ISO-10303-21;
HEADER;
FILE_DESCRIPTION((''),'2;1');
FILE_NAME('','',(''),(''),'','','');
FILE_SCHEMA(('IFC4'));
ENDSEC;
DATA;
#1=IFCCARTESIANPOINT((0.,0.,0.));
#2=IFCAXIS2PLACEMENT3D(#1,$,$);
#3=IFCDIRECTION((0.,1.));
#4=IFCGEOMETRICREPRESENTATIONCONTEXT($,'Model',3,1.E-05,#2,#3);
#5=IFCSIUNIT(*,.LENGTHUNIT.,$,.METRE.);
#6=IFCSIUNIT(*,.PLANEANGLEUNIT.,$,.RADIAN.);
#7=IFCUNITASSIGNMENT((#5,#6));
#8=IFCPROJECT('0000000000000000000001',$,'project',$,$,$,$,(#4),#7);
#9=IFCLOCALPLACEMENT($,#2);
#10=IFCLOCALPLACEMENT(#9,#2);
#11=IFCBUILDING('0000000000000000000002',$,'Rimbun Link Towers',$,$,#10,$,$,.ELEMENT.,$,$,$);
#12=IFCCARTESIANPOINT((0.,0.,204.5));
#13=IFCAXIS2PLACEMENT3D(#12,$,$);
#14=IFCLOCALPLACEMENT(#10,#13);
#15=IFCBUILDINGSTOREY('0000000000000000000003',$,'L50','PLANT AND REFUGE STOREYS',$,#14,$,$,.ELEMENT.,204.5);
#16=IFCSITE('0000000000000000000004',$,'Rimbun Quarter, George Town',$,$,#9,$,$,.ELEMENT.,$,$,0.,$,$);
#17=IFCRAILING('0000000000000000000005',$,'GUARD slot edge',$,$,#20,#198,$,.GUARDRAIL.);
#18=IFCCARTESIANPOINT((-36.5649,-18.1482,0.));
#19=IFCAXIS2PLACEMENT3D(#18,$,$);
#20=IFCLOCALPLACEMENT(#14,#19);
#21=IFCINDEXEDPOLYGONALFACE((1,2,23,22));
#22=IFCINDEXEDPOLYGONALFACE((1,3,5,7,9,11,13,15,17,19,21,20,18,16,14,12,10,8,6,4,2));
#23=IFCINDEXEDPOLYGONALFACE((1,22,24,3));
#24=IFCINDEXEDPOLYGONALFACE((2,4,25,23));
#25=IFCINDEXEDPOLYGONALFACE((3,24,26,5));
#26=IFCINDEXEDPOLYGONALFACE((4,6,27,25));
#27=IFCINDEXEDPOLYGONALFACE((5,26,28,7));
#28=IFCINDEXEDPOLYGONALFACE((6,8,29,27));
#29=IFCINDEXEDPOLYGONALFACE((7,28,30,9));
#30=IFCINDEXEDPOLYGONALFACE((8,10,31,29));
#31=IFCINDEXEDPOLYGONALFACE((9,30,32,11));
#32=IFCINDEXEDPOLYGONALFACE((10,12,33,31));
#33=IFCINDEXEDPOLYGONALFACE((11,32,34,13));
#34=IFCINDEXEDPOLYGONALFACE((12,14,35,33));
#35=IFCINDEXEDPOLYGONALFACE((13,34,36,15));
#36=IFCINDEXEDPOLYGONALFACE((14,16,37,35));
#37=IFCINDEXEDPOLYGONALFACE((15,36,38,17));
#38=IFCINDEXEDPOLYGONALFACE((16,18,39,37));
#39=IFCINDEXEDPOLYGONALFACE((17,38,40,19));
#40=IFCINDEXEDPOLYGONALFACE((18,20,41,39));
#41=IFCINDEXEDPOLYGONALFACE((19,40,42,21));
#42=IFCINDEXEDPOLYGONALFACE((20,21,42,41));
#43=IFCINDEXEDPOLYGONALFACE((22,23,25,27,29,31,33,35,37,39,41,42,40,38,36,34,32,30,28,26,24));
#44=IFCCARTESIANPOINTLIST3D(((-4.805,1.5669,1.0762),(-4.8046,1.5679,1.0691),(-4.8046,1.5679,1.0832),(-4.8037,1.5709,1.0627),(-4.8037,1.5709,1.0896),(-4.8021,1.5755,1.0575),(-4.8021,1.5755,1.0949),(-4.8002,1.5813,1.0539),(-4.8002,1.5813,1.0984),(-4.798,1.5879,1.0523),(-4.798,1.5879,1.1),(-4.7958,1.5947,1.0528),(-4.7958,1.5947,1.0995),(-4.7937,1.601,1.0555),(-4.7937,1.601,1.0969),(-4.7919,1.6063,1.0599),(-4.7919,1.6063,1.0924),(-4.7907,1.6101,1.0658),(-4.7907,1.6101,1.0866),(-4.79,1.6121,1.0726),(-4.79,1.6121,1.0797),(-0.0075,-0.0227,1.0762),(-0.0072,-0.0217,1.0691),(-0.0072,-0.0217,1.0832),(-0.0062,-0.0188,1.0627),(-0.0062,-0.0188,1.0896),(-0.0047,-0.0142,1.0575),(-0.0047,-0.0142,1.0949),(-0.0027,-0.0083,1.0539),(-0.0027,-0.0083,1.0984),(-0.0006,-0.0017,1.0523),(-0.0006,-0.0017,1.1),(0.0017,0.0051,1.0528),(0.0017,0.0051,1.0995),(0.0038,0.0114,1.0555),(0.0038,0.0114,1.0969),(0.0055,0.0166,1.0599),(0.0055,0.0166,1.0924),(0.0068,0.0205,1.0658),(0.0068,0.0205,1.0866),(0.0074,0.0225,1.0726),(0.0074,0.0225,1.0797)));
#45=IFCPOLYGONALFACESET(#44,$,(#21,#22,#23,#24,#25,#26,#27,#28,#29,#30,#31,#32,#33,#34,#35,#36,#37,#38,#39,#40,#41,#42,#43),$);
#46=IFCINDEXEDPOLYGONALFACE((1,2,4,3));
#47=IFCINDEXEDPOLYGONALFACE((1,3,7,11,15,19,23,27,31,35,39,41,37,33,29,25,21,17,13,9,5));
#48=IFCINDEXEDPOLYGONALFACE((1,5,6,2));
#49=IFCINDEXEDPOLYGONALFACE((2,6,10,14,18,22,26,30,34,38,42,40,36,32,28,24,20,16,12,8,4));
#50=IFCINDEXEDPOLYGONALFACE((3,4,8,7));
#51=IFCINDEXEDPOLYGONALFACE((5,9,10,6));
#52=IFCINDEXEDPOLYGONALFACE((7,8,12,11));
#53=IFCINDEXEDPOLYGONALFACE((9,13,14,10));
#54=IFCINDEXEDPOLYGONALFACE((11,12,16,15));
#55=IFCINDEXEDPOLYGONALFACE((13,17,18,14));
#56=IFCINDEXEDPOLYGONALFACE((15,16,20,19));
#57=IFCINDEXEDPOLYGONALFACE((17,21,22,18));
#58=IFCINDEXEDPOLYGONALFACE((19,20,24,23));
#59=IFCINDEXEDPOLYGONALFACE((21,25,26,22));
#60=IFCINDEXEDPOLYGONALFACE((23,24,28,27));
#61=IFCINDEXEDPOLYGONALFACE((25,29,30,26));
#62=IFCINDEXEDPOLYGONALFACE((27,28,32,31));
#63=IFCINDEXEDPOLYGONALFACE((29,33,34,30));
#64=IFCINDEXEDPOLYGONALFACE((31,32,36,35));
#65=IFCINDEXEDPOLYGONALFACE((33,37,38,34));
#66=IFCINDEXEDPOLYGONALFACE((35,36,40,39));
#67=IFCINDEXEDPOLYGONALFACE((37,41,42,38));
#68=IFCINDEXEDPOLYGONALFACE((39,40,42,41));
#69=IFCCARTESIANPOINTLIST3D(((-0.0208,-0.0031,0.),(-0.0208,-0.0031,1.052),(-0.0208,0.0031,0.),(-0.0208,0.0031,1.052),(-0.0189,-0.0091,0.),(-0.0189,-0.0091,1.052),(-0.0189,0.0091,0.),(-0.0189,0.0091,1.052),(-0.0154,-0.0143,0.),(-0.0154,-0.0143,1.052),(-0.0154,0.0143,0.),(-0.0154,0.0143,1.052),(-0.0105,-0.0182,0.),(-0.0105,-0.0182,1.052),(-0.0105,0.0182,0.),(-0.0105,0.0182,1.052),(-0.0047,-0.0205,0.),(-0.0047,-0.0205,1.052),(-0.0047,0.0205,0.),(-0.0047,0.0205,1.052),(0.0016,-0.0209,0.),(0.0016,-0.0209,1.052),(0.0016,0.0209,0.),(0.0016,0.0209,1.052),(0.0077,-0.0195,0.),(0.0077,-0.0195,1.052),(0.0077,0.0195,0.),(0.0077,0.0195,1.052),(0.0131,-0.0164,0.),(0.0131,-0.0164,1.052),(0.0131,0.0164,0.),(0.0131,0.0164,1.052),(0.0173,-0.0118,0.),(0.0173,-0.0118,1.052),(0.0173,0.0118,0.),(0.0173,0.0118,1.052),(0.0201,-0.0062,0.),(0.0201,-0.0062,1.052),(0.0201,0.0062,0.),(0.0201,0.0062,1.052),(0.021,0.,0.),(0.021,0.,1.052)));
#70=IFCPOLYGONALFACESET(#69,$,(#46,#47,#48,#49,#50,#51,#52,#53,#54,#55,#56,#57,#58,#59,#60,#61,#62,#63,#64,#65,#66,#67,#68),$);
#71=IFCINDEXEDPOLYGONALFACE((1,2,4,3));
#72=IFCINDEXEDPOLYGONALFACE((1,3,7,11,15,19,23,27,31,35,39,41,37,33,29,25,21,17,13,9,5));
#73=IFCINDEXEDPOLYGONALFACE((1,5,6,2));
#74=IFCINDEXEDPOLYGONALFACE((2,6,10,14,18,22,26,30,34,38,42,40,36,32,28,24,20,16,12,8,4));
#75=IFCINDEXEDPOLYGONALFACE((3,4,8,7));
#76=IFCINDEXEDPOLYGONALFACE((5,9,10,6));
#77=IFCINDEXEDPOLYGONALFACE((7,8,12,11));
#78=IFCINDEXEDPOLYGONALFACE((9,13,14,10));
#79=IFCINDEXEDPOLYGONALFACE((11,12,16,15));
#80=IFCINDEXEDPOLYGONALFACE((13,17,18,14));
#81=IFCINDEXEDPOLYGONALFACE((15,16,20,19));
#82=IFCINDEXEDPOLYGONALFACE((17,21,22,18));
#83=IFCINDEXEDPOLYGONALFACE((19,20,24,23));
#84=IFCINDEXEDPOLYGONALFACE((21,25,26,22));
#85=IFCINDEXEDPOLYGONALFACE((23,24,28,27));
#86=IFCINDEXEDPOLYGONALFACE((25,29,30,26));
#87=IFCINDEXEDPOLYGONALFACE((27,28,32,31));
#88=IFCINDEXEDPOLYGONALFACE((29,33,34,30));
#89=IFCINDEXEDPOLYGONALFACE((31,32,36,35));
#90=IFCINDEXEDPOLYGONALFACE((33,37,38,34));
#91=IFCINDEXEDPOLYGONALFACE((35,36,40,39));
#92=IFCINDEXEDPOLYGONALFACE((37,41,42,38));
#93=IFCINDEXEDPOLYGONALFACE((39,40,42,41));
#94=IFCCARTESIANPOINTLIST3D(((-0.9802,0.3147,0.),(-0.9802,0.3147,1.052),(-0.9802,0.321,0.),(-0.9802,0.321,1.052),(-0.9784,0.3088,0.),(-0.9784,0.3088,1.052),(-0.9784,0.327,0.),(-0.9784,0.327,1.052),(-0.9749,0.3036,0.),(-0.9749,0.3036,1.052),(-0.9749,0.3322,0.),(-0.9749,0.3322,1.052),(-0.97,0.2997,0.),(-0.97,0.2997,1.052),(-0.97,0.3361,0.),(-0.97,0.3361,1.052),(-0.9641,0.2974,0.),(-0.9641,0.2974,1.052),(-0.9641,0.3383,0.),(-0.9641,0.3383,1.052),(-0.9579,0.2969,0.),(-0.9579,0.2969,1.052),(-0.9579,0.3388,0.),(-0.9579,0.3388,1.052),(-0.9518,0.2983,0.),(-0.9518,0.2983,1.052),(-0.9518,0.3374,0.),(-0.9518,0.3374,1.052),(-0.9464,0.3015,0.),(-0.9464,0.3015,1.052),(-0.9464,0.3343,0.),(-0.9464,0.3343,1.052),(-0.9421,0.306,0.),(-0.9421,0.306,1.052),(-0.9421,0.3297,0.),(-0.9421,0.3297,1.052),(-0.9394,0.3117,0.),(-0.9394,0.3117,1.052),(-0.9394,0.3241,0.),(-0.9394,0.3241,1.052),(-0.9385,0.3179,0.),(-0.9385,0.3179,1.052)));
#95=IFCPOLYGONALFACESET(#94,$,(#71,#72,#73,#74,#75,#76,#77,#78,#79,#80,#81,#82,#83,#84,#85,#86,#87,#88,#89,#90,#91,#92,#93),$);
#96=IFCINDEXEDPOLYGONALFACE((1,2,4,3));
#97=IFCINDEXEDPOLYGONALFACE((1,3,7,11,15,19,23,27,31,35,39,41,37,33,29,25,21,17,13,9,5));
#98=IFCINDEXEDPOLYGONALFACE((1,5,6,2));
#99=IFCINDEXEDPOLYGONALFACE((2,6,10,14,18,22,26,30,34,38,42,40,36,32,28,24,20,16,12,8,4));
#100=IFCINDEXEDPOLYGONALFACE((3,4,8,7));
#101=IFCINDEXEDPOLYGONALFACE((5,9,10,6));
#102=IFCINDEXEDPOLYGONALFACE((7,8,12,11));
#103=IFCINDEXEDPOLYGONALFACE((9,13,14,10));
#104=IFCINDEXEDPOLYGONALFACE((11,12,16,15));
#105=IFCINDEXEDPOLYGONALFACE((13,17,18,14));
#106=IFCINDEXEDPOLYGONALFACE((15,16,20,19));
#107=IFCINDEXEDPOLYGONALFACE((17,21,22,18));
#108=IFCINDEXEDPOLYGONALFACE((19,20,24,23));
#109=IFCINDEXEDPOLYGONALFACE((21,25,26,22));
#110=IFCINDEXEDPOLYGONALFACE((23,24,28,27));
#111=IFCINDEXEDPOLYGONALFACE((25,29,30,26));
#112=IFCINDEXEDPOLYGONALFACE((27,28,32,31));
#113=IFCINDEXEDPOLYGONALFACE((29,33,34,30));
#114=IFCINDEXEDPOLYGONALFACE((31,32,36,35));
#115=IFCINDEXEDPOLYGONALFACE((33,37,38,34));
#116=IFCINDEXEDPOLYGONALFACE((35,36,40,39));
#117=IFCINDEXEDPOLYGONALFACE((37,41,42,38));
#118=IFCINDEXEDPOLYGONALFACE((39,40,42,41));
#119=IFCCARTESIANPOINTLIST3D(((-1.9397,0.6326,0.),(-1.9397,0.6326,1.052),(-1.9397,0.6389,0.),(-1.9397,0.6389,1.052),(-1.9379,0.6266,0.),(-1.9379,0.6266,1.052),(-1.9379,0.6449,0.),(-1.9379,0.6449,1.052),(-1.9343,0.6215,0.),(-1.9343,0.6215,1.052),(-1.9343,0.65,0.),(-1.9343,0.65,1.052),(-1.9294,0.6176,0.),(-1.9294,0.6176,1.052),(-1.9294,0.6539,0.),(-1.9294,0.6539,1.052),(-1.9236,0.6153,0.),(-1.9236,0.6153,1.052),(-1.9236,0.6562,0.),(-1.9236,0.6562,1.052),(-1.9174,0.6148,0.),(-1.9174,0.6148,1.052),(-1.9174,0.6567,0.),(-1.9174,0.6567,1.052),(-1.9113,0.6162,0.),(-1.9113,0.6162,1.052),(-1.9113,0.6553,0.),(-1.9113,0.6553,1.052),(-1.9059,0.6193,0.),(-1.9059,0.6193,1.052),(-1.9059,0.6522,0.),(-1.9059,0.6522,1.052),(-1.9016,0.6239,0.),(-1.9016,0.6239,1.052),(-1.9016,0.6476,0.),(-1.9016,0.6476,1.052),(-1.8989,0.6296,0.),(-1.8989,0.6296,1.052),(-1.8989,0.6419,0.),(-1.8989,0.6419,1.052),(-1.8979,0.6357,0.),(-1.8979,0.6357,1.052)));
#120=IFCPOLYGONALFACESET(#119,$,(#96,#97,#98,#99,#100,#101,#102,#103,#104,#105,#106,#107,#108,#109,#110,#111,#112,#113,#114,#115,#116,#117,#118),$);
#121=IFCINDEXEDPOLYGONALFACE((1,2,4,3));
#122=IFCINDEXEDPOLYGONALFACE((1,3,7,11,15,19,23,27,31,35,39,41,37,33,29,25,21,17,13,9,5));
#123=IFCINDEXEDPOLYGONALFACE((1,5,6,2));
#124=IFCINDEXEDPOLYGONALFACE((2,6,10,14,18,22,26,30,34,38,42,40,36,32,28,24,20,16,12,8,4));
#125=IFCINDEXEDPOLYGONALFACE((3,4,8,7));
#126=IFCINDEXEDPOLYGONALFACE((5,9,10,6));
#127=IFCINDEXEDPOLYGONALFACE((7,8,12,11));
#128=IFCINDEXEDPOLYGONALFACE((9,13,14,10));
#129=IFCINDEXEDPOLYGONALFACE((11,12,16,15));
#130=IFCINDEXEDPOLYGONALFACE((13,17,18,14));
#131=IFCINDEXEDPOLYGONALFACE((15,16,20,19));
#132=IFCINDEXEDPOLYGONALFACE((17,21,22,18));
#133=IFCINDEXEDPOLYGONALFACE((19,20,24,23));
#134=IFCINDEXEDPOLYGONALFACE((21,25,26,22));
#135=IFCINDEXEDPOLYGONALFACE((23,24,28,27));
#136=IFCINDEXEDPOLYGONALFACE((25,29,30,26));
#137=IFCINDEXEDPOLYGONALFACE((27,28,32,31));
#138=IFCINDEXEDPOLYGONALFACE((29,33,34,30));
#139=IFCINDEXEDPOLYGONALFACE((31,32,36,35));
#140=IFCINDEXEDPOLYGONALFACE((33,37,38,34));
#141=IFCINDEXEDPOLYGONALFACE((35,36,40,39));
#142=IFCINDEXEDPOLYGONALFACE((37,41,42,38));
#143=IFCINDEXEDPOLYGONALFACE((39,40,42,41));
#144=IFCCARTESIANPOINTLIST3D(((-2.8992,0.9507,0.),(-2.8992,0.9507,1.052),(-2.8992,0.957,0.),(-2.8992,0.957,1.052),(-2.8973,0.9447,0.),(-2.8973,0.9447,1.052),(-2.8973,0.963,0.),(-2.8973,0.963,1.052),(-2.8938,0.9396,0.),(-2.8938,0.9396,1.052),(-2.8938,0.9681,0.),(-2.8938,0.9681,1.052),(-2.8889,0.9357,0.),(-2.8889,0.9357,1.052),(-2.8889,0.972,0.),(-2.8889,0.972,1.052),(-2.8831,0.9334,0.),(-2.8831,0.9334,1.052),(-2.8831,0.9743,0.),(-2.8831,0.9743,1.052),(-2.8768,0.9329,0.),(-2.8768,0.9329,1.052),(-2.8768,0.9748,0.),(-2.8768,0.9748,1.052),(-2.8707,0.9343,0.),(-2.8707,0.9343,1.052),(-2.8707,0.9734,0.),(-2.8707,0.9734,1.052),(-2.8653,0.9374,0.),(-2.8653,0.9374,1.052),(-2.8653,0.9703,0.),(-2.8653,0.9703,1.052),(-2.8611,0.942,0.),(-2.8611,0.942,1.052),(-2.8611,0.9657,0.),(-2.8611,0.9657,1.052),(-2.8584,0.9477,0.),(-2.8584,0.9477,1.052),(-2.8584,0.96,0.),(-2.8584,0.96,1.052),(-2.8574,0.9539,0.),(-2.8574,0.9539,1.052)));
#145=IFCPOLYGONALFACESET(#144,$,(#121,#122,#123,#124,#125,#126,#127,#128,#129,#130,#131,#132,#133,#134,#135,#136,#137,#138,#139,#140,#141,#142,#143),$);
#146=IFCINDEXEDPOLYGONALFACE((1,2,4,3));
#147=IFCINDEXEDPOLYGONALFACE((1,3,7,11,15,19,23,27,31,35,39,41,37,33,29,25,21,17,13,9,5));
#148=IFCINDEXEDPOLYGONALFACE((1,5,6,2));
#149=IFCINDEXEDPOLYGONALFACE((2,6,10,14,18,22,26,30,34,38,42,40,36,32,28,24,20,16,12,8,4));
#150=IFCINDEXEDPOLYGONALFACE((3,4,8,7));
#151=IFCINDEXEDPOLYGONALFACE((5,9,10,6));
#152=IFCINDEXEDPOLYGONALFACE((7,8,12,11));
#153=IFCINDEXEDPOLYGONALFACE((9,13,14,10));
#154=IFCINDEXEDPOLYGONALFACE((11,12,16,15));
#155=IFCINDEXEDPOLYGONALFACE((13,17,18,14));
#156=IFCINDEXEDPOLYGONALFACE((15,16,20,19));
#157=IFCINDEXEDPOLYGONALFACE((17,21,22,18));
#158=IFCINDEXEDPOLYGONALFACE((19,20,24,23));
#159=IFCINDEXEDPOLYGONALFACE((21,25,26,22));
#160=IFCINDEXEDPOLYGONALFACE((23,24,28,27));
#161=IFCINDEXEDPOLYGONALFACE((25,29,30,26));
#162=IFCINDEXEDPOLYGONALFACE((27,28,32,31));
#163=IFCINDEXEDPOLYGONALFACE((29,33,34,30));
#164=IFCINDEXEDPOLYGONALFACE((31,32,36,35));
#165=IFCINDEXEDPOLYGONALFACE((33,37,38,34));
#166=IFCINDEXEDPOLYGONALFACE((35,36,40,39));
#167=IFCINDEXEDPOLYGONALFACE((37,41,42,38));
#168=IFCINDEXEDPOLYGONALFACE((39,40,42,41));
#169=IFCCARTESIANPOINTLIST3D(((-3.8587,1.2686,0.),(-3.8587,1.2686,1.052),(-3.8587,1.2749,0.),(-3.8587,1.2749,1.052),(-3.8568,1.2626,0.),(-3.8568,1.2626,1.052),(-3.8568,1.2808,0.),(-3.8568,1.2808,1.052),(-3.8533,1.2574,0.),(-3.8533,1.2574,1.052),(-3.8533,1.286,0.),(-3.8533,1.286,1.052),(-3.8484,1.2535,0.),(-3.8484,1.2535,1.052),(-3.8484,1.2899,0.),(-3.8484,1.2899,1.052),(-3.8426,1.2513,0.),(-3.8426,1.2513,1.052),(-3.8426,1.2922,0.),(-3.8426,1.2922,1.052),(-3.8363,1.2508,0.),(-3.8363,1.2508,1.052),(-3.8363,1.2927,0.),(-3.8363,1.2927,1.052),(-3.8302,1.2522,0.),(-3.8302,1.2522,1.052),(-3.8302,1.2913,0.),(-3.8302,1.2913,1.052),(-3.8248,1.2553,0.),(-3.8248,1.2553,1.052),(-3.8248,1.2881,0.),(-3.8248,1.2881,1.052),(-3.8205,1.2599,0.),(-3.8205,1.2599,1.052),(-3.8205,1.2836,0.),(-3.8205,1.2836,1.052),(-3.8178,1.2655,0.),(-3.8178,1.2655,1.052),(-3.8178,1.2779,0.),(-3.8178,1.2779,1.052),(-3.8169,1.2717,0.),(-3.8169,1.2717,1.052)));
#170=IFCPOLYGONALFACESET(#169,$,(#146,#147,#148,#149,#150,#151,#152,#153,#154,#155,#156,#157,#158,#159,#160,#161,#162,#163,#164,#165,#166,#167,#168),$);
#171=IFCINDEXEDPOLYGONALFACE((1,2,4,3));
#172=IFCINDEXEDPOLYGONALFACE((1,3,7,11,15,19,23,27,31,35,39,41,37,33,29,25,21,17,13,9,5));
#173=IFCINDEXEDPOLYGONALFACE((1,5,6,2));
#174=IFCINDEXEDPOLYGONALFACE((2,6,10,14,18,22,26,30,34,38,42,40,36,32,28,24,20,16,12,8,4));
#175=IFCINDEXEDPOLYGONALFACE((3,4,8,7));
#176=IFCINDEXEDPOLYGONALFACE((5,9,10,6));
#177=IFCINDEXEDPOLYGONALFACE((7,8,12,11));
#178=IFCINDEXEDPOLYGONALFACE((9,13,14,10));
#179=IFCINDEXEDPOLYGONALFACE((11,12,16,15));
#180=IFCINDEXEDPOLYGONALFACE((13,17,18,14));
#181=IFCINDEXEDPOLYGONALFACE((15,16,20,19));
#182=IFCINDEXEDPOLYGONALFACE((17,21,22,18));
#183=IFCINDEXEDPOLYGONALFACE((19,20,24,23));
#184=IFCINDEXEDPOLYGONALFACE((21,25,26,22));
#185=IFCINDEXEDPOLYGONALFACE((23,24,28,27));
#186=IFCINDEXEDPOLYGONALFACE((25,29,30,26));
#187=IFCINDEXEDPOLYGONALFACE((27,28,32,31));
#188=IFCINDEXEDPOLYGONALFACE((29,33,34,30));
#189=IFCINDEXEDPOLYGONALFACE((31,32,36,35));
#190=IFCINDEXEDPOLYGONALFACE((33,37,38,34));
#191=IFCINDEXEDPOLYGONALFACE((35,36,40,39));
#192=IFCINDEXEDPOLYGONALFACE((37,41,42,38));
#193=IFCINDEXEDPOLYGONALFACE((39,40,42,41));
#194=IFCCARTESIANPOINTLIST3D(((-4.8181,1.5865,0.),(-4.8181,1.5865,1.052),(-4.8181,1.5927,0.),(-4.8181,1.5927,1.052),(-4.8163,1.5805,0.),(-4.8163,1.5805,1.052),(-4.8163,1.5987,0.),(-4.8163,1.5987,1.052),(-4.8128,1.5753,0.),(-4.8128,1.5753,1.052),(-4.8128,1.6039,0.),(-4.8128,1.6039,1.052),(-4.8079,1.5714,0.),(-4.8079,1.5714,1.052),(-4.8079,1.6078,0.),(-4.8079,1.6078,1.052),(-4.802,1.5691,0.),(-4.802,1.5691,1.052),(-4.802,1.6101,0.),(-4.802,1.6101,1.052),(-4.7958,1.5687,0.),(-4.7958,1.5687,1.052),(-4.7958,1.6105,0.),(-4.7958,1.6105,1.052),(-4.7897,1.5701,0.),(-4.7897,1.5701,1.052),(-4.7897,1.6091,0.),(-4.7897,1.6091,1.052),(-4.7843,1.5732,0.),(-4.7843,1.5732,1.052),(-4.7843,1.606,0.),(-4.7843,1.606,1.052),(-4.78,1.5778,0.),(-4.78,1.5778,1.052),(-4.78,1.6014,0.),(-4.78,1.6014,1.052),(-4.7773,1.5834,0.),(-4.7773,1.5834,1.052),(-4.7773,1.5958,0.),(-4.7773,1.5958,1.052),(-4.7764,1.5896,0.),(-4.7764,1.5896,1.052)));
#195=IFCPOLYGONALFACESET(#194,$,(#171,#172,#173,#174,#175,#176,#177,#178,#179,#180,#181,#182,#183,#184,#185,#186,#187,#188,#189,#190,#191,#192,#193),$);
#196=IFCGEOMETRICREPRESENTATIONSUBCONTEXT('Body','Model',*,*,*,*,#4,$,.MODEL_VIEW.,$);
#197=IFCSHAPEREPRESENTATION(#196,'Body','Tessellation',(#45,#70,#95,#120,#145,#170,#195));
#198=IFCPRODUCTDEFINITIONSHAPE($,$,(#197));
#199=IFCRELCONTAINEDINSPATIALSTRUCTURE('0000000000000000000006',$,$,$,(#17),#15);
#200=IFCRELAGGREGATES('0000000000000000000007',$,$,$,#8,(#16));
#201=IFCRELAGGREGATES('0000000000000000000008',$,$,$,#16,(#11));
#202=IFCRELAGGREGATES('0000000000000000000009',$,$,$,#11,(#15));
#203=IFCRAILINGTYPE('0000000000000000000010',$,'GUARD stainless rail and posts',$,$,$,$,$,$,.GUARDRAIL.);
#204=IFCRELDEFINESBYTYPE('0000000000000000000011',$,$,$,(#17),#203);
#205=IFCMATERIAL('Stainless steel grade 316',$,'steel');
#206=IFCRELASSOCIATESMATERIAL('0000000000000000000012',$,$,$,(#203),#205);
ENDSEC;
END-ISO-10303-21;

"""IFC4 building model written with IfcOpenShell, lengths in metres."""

from ifc_helpers import new_model, si_unit, direction, frame, origin, origin_2d, place, context, subcontext, project, spatial, circle, extrude, material, type_object, element, save


model = new_model("IFC4")

# Units and contexts
model_context = context("Model", 3, precision=1e-05, world=origin(), true_north=direction((0.0, 1.0)))
body_context = subcontext(model_context, "Body", "Model", "MODEL_VIEW")
ifc_project = project(units=[si_unit("LENGTHUNIT", "METRE"), si_unit("PLANEANGLEUNIT", "RADIAN")], contexts=[model_context])

# Site, building, storey
site_placement = place(None, origin())
site = spatial("IfcSite", under=ifc_project, at=site_placement, Name="Rimbun Quarter, George Town", CompositionType="ELEMENT", RefElevation=0.0)
building_placement = place(site_placement, origin())
building = spatial("IfcBuilding", under=site, at=building_placement, Name="Rimbun Link Towers", CompositionType="ELEMENT")
storey_placement = place(building_placement, frame((0.0, 0.0, 204.5)))
storey = spatial("IfcBuildingStorey", under=building, at=storey_placement, Name="L50", Description="PLANT AND REFUGE STOREYS", CompositionType="ELEMENT", Elevation=204.5)

# Railing
ifc_material_1 = material(Name="Stainless steel grade 316", Category="steel")
railing_type = type_object("IfcRailingType", Name="GUARD stainless rail and posts", PredefinedType="GUARDRAIL", material=ifc_material_1)
railing_placement = place(storey_placement, frame((-36.5649, -18.1482, 0.0)))
element("IfcRailing", 1, at=railing_placement, inside=storey, type_object=railing_type, Name="GUARD slot edge", PredefinedType="GUARDRAIL", context=body_context, shape_type="SweptSolid", body=[
    extrude(circle(Radius=0.0239, at=origin_2d()), frame((0.0, 0.0, 1.0762), z_axis=(-0.949247, 0.314532, 0.0), x_axis=(-0.314532, -0.949247, 0.0)), (0.0, 0.0, 1.0), 5.054),
    extrude(circle(Radius=0.021, at=origin_2d()), origin(), (0.0, 0.0, 1.0), 1.052),
    extrude(circle(Radius=0.021, at=origin_2d()), frame((-0.9595, 0.3179, 0.0)), (0.0, 0.0, 1.0), 1.052),
    extrude(circle(Radius=0.021, at=origin_2d()), frame((-1.9189, 0.6357, 0.0)), (0.0, 0.0, 1.0), 1.052),
    extrude(circle(Radius=0.021, at=origin_2d()), frame((-2.8784, 0.9539, 0.0)), (0.0, 0.0, 1.0), 1.052),
    extrude(circle(Radius=0.021, at=origin_2d()), frame((-3.8379, 1.2717, 0.0)), (0.0, 0.0, 1.0), 1.052),
    extrude(circle(Radius=0.021, at=origin_2d()), frame((-4.7974, 1.5896, 0.0)), (0.0, 0.0, 1.0), 1.052),
])

save(model, "model.ifc")
